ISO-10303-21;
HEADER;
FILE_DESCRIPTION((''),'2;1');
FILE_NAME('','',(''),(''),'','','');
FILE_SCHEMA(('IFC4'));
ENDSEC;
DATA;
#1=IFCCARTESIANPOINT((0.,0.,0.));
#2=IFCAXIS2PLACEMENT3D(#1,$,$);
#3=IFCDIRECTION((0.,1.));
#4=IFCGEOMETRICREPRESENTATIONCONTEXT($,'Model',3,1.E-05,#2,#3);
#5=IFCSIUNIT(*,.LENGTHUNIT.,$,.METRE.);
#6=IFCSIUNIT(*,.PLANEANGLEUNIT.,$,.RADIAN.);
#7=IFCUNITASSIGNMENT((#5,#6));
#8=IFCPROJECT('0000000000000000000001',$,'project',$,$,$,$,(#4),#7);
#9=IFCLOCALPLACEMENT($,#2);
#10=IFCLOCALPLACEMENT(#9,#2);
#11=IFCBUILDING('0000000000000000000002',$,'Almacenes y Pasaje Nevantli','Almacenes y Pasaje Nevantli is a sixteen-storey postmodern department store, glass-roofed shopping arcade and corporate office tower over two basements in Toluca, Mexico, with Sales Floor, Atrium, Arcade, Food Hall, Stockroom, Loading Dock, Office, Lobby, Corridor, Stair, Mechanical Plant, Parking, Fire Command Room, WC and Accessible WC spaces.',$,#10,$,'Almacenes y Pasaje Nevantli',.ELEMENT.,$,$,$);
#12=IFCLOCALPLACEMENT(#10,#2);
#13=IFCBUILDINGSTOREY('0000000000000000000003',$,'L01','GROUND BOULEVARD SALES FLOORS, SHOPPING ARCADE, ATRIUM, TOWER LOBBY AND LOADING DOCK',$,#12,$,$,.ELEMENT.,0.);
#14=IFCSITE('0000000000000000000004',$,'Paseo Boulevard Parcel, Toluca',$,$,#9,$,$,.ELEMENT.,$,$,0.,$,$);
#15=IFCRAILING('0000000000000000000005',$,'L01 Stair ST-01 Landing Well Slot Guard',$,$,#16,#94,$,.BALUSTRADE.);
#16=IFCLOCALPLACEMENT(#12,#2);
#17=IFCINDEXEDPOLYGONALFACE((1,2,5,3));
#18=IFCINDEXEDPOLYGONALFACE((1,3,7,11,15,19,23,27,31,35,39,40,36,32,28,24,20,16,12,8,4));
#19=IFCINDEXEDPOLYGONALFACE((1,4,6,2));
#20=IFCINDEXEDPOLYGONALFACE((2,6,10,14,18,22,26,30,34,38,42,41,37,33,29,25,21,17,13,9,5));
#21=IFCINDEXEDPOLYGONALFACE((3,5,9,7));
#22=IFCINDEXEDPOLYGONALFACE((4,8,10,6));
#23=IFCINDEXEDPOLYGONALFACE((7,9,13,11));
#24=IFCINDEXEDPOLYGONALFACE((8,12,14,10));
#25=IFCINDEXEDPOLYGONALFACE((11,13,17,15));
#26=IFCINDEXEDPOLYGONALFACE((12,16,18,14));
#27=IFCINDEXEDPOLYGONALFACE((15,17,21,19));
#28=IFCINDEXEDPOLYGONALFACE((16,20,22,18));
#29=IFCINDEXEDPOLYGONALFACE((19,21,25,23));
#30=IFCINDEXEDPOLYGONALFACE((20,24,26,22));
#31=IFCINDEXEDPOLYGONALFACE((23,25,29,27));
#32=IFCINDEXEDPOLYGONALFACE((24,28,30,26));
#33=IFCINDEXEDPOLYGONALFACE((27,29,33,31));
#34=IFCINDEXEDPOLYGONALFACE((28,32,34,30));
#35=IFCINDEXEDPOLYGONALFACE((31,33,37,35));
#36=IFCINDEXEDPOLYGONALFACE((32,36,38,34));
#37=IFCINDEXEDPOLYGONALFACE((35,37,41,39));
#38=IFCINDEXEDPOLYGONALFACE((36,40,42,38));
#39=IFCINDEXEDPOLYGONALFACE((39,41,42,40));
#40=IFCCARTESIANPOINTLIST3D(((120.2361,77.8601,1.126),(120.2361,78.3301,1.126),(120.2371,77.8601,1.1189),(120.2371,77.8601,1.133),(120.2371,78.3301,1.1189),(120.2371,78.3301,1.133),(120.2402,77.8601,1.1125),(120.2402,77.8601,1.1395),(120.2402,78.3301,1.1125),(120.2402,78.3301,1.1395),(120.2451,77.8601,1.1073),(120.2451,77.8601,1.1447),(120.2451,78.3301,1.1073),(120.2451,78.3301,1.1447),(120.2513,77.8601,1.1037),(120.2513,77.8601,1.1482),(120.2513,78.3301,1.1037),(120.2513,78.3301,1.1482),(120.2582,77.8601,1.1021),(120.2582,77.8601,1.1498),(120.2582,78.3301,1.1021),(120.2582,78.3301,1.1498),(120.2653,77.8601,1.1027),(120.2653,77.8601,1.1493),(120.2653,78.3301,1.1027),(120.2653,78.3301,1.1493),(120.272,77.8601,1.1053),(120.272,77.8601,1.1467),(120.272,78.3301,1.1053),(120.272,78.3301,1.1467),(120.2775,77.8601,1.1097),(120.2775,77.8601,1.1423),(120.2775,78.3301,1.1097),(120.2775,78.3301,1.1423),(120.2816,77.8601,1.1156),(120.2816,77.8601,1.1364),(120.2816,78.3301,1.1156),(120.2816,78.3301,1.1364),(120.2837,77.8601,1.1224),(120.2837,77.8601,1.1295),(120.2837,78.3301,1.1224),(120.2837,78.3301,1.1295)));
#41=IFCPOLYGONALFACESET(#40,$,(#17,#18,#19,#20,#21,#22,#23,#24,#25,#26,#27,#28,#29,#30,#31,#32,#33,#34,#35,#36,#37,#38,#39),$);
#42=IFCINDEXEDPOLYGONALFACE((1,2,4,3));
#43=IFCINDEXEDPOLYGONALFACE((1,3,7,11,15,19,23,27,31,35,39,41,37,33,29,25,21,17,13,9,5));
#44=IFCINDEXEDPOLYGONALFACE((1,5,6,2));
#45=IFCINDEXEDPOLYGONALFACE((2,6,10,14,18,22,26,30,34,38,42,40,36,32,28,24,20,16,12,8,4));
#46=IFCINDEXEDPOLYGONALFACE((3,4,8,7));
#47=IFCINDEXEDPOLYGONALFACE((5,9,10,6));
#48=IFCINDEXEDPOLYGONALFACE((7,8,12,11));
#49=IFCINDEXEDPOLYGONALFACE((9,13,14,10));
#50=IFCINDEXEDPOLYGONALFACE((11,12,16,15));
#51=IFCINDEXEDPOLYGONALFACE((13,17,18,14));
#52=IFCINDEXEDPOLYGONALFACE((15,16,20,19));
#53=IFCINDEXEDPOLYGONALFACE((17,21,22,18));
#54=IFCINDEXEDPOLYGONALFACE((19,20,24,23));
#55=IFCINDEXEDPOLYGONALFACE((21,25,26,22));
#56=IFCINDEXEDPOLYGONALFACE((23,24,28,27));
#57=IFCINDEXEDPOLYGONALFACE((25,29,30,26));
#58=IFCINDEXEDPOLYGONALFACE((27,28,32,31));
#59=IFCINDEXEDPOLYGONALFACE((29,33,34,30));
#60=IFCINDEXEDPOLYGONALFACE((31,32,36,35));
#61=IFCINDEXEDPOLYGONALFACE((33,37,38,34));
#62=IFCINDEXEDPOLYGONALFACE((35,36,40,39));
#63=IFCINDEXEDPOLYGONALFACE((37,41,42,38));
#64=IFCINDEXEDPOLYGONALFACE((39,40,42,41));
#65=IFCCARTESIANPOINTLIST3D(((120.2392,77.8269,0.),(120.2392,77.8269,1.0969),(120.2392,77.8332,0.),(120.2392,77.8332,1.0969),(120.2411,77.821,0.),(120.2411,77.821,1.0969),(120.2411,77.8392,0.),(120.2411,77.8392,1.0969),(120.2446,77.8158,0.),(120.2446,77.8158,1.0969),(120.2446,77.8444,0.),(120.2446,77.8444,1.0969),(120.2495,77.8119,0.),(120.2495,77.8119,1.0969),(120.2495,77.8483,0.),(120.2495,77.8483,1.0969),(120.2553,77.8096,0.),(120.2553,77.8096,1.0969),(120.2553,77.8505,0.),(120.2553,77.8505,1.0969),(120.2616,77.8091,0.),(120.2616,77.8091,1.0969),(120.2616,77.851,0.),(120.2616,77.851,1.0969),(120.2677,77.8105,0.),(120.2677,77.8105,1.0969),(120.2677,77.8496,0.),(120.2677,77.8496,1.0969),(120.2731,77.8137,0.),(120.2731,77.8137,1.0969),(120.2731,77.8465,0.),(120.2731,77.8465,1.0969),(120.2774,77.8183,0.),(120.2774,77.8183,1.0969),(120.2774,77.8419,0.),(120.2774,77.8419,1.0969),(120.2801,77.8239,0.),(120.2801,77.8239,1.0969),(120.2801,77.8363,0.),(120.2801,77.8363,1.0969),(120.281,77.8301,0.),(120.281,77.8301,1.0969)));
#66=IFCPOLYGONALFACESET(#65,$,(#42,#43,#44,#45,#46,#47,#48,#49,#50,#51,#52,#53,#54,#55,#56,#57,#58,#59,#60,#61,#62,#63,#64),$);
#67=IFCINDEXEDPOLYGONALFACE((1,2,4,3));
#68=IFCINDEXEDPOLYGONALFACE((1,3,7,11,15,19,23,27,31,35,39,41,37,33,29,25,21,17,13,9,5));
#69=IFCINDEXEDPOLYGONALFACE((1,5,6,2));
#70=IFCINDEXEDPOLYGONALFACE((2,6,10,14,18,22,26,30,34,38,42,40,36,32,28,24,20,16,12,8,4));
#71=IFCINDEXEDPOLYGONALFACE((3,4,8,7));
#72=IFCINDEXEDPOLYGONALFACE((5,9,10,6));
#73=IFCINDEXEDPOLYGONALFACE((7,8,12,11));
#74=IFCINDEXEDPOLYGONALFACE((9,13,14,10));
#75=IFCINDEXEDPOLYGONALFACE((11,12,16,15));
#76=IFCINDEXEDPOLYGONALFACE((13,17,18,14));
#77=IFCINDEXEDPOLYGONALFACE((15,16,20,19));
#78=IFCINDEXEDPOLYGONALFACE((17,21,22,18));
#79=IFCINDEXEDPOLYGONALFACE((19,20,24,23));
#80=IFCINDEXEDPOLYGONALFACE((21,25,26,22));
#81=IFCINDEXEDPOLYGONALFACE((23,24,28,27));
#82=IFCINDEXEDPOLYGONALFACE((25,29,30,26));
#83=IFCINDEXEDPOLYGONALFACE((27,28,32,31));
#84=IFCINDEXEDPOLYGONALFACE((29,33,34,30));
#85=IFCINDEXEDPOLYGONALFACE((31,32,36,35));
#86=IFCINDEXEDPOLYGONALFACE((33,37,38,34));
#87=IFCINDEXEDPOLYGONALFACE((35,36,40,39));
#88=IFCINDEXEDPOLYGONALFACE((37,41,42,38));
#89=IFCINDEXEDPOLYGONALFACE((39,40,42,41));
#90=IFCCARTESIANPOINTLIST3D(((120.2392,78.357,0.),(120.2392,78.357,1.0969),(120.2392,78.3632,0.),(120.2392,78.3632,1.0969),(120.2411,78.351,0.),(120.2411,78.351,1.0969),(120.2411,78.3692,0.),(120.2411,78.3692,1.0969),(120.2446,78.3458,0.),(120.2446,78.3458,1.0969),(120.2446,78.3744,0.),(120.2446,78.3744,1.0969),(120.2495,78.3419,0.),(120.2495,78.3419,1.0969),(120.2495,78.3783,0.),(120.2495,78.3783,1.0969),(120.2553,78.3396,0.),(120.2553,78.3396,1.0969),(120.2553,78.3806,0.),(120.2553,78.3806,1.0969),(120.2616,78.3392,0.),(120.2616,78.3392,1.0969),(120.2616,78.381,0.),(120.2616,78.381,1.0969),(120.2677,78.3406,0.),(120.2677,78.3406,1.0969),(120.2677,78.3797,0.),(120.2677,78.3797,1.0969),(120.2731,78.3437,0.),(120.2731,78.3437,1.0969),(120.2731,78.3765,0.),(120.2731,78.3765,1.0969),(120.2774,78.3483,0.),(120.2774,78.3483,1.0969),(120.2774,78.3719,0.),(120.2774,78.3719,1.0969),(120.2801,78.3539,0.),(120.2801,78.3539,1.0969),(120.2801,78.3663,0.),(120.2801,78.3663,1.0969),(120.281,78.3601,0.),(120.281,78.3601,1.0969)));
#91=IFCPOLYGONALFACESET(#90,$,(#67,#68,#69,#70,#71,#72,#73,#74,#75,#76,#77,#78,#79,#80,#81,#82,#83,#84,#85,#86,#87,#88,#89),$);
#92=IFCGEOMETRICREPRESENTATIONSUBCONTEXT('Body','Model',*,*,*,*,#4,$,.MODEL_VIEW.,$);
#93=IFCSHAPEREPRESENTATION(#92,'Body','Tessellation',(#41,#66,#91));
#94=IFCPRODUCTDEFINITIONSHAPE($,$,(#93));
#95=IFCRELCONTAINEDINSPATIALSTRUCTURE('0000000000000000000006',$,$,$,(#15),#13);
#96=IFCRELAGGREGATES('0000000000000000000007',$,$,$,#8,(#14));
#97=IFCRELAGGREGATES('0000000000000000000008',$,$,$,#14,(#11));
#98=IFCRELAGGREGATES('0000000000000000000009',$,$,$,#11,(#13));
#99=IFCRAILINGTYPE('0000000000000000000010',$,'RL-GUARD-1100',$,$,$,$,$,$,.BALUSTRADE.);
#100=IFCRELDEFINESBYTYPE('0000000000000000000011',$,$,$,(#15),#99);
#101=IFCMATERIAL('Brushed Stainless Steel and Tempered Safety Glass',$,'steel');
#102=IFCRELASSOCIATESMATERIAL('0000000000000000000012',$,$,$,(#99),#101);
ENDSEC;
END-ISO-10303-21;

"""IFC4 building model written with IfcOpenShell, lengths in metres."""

from ifc_helpers import new_model, si_unit, direction, frame, origin, origin_2d, place, context, subcontext, project, spatial, circle, extrude, material, type_object, element, save


model = new_model("IFC4")

# Units and contexts
model_context = context("Model", 3, precision=1e-05, world=origin(), true_north=direction((0.0, 1.0)))
body_context = subcontext(model_context, "Body", "Model", "MODEL_VIEW")
ifc_project = project(units=[si_unit("LENGTHUNIT", "METRE"), si_unit("PLANEANGLEUNIT", "RADIAN")], contexts=[model_context])

# Site, building, storey
site_placement = place(None, origin())
site = spatial("IfcSite", under=ifc_project, at=site_placement, Name="Paseo Boulevard Parcel, Toluca", CompositionType="ELEMENT", RefElevation=0.0)
building_placement = place(site_placement, origin())
building = spatial("IfcBuilding", under=site, at=building_placement, Name="Almacenes y Pasaje Nevantli", Description="Almacenes y Pasaje Nevantli is a sixteen-storey postmodern department store, glass-roofed shopping arcade and corporate office tower over two basements in Toluca, Mexico, with Sales Floor, Atrium, Arcade, Food Hall, Stockroom, Loading Dock, Office, Lobby, Corridor, Stair, Mechanical Plant, Parking, Fire Command Room, WC and Accessible WC spaces.", LongName="Almacenes y Pasaje Nevantli", CompositionType="ELEMENT")
storey_placement = place(building_placement, origin())
storey = spatial("IfcBuildingStorey", under=building, at=storey_placement, Name="L01", Description="GROUND BOULEVARD SALES FLOORS, SHOPPING ARCADE, ATRIUM, TOWER LOBBY AND LOADING DOCK", CompositionType="ELEMENT", Elevation=0.0)

# Railing
ifc_material_1 = material(Name="Brushed Stainless Steel and Tempered Safety Glass", Category="steel")
railing_type_1 = type_object("IfcRailingType", Name="RL-GUARD-1100", PredefinedType="BALUSTRADE", material=ifc_material_1)
railing_1_placement = place(storey_placement, frame((120.26, 77.8301, 0.0)))
element("IfcRailing", 1, at=railing_1_placement, inside=storey, type_object=railing_type_1, Name="L01 Stair ST-01 Landing Well Slot Guard", PredefinedType="BALUSTRADE", context=body_context, shape_type="SweptSolid", body=[
    extrude(circle(Radius=0.0239, at=origin_2d()), frame((0.0, 0.03, 1.126), z_axis=(0.0, 1.0, 0.0), x_axis=(-1.0, 0.0, 0.0)), (0.0, 0.0, 1.0), 0.47),
    extrude(circle(Radius=0.021, at=origin_2d()), origin(), (0.0, 0.0, 1.0), 1.0969),
    extrude(circle(Radius=0.021, at=origin_2d()), frame((0.0, 0.53, 0.0)), (0.0, 0.0, 1.0), 1.0969),
])

save(model, "model.ifc")
